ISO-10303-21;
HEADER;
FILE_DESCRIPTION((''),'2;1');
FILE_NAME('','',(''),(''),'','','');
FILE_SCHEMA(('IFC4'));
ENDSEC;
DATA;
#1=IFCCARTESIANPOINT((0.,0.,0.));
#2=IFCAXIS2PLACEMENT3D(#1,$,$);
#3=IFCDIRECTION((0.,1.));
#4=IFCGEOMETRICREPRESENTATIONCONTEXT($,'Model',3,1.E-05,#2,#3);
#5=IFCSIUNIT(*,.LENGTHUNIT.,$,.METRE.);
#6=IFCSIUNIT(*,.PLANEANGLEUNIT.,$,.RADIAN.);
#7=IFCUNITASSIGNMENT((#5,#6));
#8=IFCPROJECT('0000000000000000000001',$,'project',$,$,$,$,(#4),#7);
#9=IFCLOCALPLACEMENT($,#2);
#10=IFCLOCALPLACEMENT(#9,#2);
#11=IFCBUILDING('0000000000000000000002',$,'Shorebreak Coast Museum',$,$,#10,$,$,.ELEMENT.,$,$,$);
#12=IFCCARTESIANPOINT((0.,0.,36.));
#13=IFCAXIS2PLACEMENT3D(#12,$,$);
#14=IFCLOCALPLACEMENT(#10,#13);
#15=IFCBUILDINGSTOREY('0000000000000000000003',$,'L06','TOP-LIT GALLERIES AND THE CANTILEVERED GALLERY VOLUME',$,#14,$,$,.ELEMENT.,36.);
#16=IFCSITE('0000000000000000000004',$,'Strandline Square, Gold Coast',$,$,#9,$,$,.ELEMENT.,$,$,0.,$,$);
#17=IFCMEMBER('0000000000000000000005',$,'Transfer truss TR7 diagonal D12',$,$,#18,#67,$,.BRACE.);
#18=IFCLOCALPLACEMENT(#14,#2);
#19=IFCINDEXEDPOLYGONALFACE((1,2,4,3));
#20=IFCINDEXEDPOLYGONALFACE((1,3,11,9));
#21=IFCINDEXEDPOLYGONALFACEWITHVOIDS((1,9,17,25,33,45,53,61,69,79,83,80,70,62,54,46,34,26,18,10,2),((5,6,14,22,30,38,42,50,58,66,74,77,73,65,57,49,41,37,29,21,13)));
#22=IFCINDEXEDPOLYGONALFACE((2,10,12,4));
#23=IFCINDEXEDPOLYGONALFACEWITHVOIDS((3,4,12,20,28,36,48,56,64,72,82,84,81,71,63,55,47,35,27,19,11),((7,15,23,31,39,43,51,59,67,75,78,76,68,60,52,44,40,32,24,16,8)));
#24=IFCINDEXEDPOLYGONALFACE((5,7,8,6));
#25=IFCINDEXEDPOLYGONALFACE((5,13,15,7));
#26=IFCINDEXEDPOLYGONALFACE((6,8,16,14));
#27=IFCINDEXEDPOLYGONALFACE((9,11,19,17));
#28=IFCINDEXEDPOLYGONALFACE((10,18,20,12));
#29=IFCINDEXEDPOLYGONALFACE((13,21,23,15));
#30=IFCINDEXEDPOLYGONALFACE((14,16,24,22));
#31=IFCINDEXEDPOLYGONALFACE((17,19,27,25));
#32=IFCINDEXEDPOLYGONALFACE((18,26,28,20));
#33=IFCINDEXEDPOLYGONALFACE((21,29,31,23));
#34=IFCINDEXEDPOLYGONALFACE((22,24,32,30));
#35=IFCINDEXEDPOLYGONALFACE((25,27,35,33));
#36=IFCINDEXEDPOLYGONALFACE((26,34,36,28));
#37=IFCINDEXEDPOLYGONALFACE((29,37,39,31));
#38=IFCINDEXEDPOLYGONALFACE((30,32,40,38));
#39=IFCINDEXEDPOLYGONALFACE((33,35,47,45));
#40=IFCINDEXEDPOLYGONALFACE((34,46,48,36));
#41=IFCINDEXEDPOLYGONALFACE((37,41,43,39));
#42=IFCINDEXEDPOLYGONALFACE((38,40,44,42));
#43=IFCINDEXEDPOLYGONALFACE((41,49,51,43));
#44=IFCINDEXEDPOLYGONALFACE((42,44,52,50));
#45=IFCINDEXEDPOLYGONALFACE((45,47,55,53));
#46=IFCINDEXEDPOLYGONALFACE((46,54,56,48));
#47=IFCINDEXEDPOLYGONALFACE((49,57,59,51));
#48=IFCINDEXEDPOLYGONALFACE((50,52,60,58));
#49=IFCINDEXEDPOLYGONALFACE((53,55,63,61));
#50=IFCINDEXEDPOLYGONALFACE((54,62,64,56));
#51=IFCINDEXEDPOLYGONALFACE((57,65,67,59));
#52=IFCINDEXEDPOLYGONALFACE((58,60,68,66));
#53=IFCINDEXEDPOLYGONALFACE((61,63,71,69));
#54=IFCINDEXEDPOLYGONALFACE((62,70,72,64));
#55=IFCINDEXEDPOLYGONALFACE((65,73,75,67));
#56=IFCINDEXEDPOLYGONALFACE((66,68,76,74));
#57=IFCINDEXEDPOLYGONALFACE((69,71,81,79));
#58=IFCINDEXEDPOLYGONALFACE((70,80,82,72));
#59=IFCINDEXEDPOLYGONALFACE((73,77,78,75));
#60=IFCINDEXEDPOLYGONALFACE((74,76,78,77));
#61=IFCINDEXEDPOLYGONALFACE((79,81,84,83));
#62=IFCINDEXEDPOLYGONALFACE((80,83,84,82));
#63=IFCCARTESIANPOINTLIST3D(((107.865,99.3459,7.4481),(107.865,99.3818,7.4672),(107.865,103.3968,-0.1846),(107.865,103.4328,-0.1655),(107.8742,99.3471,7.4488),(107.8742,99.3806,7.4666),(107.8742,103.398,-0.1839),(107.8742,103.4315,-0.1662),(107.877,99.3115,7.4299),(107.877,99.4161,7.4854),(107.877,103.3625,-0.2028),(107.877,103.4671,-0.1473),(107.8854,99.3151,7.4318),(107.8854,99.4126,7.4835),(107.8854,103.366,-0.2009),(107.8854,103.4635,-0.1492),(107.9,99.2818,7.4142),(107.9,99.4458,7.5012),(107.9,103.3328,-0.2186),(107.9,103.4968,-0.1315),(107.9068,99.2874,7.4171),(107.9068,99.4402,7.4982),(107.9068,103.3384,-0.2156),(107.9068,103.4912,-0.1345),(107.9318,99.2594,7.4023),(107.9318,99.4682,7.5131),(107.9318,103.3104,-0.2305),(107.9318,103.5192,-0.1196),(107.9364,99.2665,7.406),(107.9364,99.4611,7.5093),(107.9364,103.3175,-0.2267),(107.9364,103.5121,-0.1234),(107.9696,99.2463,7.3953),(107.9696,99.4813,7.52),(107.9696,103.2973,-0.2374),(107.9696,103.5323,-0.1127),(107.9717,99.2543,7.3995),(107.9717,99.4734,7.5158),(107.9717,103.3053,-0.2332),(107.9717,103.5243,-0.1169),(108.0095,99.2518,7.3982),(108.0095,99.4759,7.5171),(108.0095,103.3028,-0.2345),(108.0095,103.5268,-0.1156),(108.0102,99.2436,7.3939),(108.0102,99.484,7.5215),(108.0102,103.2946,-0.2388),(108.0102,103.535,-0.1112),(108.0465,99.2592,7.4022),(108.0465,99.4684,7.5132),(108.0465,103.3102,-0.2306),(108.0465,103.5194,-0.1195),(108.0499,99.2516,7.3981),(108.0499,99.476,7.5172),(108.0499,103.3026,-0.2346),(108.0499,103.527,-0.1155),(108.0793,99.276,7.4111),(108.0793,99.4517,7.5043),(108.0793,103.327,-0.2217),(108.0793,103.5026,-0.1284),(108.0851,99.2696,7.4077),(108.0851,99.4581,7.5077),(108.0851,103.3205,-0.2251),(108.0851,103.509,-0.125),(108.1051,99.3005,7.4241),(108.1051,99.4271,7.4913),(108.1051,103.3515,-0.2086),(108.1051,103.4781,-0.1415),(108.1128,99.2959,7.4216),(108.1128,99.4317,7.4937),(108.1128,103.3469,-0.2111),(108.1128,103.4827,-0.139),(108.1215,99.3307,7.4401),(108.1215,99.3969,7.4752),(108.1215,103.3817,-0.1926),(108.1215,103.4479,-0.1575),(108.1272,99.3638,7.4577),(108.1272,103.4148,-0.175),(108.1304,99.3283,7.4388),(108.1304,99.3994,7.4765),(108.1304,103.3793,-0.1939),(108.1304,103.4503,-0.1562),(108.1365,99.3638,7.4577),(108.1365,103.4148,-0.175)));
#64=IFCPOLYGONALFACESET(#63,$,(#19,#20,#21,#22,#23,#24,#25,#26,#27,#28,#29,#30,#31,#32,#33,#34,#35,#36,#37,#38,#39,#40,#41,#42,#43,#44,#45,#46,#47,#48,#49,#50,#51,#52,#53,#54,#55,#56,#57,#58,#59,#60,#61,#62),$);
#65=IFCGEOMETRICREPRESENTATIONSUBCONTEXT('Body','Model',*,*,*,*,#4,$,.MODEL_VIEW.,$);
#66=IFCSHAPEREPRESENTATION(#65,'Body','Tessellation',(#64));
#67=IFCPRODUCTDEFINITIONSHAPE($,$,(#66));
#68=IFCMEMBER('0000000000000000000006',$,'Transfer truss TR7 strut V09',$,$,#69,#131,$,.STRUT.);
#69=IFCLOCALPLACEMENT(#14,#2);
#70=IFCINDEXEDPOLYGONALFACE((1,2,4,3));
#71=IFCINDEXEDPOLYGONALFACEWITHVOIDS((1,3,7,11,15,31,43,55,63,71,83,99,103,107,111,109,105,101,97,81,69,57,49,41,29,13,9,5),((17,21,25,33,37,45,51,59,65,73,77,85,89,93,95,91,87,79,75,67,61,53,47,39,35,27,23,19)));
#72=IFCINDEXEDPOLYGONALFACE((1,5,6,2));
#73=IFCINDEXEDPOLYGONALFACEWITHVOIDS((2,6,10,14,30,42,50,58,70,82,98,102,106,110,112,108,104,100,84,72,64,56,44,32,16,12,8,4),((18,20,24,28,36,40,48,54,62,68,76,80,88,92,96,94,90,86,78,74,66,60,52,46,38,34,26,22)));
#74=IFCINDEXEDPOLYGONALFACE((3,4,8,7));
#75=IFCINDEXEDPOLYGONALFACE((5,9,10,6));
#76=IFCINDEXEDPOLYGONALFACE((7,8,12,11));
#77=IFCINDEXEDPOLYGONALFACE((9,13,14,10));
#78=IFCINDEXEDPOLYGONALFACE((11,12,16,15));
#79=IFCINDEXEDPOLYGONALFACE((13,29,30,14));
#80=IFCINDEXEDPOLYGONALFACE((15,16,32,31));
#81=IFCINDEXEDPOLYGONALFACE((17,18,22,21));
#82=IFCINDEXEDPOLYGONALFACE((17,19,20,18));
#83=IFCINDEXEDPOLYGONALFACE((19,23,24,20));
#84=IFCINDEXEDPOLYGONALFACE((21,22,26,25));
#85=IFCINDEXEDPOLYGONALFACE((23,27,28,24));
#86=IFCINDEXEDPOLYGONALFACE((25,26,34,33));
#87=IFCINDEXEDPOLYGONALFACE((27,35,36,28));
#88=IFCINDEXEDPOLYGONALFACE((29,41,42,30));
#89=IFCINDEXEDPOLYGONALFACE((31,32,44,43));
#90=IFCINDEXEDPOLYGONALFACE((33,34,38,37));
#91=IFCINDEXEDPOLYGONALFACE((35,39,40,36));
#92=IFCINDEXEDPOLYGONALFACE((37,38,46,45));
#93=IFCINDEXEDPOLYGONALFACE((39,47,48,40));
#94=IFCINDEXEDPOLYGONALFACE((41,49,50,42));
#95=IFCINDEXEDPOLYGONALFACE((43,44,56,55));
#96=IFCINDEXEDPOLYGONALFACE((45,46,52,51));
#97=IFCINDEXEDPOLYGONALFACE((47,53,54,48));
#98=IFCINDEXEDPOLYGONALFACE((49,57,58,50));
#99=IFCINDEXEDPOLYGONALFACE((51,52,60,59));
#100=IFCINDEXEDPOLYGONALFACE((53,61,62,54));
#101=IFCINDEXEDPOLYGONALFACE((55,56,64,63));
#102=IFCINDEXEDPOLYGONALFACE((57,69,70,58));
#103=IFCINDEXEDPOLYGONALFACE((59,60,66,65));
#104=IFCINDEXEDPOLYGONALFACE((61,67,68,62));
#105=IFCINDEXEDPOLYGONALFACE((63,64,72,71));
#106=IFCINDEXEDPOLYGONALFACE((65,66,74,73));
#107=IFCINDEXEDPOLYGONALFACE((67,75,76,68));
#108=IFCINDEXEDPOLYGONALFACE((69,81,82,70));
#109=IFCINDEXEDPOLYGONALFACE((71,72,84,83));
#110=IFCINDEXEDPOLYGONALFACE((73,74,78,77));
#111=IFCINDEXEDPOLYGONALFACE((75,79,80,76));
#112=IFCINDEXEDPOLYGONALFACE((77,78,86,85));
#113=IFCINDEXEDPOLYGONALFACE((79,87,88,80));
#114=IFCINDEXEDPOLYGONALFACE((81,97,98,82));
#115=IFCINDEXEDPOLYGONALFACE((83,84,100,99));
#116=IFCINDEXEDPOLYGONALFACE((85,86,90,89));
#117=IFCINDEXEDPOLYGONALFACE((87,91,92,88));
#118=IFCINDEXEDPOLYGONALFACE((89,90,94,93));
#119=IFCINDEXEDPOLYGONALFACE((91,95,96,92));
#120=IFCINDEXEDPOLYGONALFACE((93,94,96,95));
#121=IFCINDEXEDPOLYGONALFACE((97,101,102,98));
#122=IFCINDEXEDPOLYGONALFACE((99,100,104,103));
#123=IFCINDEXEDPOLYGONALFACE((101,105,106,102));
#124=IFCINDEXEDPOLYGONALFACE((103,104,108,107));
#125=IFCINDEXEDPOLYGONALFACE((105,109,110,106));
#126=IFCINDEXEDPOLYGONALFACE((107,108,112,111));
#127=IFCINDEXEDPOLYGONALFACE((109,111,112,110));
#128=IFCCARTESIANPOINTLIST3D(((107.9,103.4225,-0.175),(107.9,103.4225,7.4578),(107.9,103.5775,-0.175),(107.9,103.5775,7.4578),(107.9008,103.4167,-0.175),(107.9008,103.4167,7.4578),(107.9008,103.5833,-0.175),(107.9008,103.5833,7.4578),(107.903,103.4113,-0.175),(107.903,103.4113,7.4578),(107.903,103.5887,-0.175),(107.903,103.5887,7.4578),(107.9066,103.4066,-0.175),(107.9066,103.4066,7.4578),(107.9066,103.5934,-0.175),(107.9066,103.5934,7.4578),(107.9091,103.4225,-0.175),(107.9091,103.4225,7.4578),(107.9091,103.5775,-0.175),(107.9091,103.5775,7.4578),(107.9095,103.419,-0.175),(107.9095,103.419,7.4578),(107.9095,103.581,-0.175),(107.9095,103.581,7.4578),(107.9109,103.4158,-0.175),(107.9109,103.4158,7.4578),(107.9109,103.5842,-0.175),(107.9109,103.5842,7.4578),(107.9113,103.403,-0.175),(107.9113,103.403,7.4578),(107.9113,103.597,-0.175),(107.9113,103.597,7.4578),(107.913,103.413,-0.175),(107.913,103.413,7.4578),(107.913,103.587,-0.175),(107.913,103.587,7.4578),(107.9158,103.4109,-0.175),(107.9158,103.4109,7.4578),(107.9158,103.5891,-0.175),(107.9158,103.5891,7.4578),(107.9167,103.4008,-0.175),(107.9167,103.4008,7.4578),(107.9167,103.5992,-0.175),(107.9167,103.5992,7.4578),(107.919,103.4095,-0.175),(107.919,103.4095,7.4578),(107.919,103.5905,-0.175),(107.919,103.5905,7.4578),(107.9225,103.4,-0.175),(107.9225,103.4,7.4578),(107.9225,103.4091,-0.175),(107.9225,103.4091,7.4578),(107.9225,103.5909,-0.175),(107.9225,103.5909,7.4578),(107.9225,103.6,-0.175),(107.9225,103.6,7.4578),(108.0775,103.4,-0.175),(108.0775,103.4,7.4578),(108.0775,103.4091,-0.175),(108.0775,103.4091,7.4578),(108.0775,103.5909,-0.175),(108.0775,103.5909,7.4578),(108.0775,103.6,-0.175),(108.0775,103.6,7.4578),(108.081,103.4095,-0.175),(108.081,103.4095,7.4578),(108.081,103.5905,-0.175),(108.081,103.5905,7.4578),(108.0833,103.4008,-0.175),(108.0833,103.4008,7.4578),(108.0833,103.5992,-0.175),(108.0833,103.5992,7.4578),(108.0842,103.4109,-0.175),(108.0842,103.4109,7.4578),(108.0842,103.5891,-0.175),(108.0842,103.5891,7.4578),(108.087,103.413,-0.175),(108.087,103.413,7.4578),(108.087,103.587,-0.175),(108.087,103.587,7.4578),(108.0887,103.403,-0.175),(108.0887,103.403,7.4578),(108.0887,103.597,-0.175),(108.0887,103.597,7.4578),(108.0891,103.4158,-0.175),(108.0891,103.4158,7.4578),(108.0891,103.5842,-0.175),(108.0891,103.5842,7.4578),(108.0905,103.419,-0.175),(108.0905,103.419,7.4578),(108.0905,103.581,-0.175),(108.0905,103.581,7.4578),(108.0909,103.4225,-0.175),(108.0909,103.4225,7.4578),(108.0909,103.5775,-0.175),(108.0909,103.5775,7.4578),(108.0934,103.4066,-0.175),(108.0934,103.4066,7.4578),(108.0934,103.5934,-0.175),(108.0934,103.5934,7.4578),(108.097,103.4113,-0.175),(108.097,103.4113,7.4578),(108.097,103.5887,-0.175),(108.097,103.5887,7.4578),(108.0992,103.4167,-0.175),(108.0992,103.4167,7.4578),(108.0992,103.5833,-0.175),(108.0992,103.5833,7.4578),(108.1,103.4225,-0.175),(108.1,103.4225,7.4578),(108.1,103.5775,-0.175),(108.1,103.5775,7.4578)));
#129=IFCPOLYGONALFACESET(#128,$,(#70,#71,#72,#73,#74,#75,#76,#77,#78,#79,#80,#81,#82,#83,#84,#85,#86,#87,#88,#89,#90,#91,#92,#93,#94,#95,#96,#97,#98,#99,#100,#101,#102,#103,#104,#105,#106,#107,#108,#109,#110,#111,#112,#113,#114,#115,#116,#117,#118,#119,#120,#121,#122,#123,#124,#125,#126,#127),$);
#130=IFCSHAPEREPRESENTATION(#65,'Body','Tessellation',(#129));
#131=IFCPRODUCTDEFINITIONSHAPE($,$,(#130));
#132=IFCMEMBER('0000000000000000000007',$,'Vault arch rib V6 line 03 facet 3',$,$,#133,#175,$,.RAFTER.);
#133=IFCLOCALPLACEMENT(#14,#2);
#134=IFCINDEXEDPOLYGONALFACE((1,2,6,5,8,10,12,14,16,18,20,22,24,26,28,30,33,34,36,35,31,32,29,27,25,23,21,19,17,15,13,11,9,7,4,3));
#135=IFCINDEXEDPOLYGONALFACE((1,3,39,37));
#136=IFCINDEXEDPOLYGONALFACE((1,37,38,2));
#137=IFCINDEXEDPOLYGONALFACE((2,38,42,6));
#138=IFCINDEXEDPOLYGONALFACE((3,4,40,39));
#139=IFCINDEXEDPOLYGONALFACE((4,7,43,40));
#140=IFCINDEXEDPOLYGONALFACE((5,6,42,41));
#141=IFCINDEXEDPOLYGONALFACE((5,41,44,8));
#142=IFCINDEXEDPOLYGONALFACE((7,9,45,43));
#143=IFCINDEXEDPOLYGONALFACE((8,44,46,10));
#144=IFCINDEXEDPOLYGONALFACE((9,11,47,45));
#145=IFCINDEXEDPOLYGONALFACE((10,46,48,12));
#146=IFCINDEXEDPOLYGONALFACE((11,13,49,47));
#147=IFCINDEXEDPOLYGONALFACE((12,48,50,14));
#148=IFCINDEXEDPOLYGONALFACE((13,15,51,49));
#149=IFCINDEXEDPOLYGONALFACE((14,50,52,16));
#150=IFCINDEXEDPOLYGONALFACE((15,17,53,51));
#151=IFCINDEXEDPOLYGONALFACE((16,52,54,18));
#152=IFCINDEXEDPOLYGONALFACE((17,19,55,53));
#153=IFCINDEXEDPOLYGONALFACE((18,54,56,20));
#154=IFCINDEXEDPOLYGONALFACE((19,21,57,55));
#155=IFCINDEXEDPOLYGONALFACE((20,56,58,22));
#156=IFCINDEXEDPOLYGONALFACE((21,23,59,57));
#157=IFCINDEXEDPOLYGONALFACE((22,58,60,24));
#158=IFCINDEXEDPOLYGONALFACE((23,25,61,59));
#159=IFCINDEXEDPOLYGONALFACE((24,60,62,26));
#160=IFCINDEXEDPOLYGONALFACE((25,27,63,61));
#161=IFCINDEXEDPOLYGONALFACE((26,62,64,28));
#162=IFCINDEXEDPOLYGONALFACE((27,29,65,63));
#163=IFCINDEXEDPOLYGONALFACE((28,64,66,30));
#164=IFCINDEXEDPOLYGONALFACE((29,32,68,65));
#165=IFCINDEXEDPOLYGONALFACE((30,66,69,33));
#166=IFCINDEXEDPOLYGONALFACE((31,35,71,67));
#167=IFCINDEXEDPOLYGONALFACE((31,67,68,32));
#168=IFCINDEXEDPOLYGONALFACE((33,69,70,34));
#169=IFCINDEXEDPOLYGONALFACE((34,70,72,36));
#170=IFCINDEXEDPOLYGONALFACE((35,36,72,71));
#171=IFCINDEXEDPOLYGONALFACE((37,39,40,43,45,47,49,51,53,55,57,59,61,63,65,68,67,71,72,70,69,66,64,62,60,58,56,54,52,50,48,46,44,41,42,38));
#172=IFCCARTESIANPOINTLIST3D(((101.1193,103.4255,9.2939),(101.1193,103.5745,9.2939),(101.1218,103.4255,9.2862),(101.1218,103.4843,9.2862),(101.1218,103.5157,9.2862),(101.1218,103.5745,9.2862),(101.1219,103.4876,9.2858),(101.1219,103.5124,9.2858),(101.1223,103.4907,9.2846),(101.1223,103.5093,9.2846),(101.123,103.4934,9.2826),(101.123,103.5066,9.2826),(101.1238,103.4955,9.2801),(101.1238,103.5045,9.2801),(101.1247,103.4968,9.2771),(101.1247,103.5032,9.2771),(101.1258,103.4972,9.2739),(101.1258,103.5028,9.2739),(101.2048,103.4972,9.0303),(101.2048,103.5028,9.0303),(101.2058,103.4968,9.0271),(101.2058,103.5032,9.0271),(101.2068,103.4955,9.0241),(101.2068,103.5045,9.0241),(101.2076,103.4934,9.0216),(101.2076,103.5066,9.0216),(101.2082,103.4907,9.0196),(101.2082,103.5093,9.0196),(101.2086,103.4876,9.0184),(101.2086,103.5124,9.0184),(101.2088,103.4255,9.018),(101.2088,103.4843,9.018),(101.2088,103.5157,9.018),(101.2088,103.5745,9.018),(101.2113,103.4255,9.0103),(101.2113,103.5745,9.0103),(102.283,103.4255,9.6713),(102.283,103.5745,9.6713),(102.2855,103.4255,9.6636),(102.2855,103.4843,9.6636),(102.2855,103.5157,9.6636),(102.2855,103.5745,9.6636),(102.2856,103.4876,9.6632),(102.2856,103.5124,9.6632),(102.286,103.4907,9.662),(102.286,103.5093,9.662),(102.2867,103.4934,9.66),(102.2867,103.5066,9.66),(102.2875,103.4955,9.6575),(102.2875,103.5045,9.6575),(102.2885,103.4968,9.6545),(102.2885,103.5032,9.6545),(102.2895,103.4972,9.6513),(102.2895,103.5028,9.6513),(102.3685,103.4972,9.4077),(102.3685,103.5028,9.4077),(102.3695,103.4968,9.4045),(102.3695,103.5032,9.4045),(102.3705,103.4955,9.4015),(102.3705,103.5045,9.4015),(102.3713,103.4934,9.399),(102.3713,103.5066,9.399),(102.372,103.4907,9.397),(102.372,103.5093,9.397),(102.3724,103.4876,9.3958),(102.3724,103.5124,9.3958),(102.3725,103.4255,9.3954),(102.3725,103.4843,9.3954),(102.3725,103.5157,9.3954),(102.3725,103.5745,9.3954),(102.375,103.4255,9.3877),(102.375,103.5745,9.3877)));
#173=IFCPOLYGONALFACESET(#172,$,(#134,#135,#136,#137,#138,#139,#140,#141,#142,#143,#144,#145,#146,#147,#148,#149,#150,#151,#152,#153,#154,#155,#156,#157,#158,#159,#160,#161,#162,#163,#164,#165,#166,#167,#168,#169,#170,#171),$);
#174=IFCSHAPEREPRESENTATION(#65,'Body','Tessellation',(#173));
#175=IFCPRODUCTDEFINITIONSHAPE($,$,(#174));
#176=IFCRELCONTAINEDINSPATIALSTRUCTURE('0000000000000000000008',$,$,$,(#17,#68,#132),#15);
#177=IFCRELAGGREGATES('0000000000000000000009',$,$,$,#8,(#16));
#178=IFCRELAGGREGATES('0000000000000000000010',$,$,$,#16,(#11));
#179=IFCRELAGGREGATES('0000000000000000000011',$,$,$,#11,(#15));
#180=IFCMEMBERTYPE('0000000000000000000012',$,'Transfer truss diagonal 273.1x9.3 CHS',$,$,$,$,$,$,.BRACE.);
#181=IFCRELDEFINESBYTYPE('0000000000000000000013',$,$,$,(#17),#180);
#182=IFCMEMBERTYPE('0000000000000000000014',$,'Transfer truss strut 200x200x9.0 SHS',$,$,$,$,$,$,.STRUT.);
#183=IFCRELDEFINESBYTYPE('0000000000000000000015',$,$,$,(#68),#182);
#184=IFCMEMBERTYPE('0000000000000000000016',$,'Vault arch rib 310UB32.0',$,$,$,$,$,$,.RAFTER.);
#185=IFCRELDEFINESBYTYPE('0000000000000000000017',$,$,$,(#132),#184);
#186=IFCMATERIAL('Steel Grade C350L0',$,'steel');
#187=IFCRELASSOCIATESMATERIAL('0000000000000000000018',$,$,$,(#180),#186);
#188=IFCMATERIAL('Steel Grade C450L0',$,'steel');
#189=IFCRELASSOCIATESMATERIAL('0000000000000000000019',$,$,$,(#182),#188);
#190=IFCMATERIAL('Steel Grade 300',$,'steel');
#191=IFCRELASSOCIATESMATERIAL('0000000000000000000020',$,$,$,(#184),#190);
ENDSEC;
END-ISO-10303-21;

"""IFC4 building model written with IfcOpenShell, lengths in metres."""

from ifc_helpers import new_model, si_unit, direction, frame, origin, origin_2d, place, context, subcontext, project, spatial, hollow_rectangle, hollow_circle, i_section, extrude, material, material_profile, profile_set, type_object, element, save


model = new_model("IFC4")

# Units and contexts
model_context = context("Model", 3, precision=1e-05, world=origin(), true_north=direction((0.0, 1.0)))
body_context = subcontext(model_context, "Body", "Model", "MODEL_VIEW")
ifc_project = project(units=[si_unit("LENGTHUNIT", "METRE"), si_unit("PLANEANGLEUNIT", "RADIAN")], contexts=[model_context])

# Site, building, storey
site_placement = place(None, origin())
site = spatial("IfcSite", under=ifc_project, at=site_placement, Name="Strandline Square, Gold Coast", CompositionType="ELEMENT", RefElevation=0.0)
building_placement = place(site_placement, origin())
building = spatial("IfcBuilding", under=site, at=building_placement, Name="Shorebreak Coast Museum", CompositionType="ELEMENT")
storey_placement = place(building_placement, frame((0.0, 0.0, 36.0)))
storey = spatial("IfcBuildingStorey", under=building, at=storey_placement, Name="L06", Description="TOP-LIT GALLERIES AND THE CANTILEVERED GALLERY VOLUME", CompositionType="ELEMENT", Elevation=36.0)

# Members
ifc_material_1 = material(Name="Steel Grade C350L0", Category="steel")
ifc_material_profile_1 = material_profile(ifc_material_1, hollow_circle(Radius=0.1365, WallThickness=0.0093, at=origin_2d()), Name="273.1x9.3 CHS")
ifc_profile_set_1 = profile_set([ifc_material_profile_1], Name="Steel Grade C350L0")
member_type_1 = type_object("IfcMemberType", Name="Transfer truss diagonal 273.1x9.3 CHS", PredefinedType="BRACE", material=ifc_profile_set_1)
member_1_placement = place(storey_placement, frame((108.0, 103.4148, -0.175), z_axis=(0.0, -0.468803, 0.883303), x_axis=(1.0, 0.0, 0.0)))
element("IfcMember", 1, at=member_1_placement, inside=storey, type_object=member_type_1, Name="Transfer truss TR7 diagonal D12", PredefinedType="BRACE", context=body_context, shape_type="SweptSolid", body=[
    extrude(hollow_circle(Radius=0.1365, WallThickness=0.0093, at=origin_2d()), origin(), (0.0, 0.0, 1.0), 8.6411),
])
ifc_material_2 = material(Name="Steel Grade C450L0", Category="steel")
ifc_material_profile_2 = material_profile(ifc_material_2, hollow_rectangle(XDim=0.2, YDim=0.2, WallThickness=0.009, InnerFilletRadius=0.0134, OuterFilletRadius=0.0225, at=origin_2d()), Name="200x200x9.0 SHS")
ifc_profile_set_2 = profile_set([ifc_material_profile_2], Name="Steel Grade C450L0")
member_type_2 = type_object("IfcMemberType", Name="Transfer truss strut 200x200x9.0 SHS", PredefinedType="STRUT", material=ifc_profile_set_2)
member_2_placement = place(storey_placement, frame((108.0, 103.5, -0.175), z_axis=(0.0, 0.0, 1.0), x_axis=(1.0, 0.0, 0.0)))
element("IfcMember", 2, at=member_2_placement, inside=storey, type_object=member_type_2, Name="Transfer truss TR7 strut V09", PredefinedType="STRUT", context=body_context, shape_type="SweptSolid", body=[
    extrude(hollow_rectangle(XDim=0.2, YDim=0.2, WallThickness=0.009, InnerFilletRadius=0.0134, OuterFilletRadius=0.0225, at=origin_2d()), origin(), (0.0, 0.0, 1.0), 7.6328),
])
ifc_material_3 = material(Name="Steel Grade 300", Category="steel")
ifc_material_profile_3 = material_profile(ifc_material_3, i_section(OverallWidth=0.1489, OverallDepth=0.2981, WebThickness=0.0056, FlangeThickness=0.0081, FilletRadius=0.0129, at=origin_2d()), Name="310UB32.0")
ifc_profile_set_3 = profile_set([ifc_material_profile_3], Name="Steel Grade 300")
member_type_3 = type_object("IfcMemberType", Name="Vault arch rib 310UB32.0", PredefinedType="RAFTER", material=ifc_profile_set_3)
for number, where, z_axis, x_axis, name in (
    (3, (101.1653, 103.5, 9.1521), (0.951226, 0.0, 0.308495), (0.0, 1.0, 0.0), "Vault arch rib V6 line 03 facet 3"),
):
    element("IfcMember", number, at=place(storey_placement, frame(where, z_axis=z_axis, x_axis=x_axis)), inside=storey, type_object=member_type_3, Name=name, PredefinedType="RAFTER", context=body_context, shape_type="SweptSolid", body=[
        extrude(i_section(OverallWidth=0.1489, OverallDepth=0.2981, WebThickness=0.0056, FlangeThickness=0.0081, FilletRadius=0.0129, at=origin_2d()), origin(), (0.0, 0.0, 1.0), 1.2234),
    ])

save(model, "model.ifc")
